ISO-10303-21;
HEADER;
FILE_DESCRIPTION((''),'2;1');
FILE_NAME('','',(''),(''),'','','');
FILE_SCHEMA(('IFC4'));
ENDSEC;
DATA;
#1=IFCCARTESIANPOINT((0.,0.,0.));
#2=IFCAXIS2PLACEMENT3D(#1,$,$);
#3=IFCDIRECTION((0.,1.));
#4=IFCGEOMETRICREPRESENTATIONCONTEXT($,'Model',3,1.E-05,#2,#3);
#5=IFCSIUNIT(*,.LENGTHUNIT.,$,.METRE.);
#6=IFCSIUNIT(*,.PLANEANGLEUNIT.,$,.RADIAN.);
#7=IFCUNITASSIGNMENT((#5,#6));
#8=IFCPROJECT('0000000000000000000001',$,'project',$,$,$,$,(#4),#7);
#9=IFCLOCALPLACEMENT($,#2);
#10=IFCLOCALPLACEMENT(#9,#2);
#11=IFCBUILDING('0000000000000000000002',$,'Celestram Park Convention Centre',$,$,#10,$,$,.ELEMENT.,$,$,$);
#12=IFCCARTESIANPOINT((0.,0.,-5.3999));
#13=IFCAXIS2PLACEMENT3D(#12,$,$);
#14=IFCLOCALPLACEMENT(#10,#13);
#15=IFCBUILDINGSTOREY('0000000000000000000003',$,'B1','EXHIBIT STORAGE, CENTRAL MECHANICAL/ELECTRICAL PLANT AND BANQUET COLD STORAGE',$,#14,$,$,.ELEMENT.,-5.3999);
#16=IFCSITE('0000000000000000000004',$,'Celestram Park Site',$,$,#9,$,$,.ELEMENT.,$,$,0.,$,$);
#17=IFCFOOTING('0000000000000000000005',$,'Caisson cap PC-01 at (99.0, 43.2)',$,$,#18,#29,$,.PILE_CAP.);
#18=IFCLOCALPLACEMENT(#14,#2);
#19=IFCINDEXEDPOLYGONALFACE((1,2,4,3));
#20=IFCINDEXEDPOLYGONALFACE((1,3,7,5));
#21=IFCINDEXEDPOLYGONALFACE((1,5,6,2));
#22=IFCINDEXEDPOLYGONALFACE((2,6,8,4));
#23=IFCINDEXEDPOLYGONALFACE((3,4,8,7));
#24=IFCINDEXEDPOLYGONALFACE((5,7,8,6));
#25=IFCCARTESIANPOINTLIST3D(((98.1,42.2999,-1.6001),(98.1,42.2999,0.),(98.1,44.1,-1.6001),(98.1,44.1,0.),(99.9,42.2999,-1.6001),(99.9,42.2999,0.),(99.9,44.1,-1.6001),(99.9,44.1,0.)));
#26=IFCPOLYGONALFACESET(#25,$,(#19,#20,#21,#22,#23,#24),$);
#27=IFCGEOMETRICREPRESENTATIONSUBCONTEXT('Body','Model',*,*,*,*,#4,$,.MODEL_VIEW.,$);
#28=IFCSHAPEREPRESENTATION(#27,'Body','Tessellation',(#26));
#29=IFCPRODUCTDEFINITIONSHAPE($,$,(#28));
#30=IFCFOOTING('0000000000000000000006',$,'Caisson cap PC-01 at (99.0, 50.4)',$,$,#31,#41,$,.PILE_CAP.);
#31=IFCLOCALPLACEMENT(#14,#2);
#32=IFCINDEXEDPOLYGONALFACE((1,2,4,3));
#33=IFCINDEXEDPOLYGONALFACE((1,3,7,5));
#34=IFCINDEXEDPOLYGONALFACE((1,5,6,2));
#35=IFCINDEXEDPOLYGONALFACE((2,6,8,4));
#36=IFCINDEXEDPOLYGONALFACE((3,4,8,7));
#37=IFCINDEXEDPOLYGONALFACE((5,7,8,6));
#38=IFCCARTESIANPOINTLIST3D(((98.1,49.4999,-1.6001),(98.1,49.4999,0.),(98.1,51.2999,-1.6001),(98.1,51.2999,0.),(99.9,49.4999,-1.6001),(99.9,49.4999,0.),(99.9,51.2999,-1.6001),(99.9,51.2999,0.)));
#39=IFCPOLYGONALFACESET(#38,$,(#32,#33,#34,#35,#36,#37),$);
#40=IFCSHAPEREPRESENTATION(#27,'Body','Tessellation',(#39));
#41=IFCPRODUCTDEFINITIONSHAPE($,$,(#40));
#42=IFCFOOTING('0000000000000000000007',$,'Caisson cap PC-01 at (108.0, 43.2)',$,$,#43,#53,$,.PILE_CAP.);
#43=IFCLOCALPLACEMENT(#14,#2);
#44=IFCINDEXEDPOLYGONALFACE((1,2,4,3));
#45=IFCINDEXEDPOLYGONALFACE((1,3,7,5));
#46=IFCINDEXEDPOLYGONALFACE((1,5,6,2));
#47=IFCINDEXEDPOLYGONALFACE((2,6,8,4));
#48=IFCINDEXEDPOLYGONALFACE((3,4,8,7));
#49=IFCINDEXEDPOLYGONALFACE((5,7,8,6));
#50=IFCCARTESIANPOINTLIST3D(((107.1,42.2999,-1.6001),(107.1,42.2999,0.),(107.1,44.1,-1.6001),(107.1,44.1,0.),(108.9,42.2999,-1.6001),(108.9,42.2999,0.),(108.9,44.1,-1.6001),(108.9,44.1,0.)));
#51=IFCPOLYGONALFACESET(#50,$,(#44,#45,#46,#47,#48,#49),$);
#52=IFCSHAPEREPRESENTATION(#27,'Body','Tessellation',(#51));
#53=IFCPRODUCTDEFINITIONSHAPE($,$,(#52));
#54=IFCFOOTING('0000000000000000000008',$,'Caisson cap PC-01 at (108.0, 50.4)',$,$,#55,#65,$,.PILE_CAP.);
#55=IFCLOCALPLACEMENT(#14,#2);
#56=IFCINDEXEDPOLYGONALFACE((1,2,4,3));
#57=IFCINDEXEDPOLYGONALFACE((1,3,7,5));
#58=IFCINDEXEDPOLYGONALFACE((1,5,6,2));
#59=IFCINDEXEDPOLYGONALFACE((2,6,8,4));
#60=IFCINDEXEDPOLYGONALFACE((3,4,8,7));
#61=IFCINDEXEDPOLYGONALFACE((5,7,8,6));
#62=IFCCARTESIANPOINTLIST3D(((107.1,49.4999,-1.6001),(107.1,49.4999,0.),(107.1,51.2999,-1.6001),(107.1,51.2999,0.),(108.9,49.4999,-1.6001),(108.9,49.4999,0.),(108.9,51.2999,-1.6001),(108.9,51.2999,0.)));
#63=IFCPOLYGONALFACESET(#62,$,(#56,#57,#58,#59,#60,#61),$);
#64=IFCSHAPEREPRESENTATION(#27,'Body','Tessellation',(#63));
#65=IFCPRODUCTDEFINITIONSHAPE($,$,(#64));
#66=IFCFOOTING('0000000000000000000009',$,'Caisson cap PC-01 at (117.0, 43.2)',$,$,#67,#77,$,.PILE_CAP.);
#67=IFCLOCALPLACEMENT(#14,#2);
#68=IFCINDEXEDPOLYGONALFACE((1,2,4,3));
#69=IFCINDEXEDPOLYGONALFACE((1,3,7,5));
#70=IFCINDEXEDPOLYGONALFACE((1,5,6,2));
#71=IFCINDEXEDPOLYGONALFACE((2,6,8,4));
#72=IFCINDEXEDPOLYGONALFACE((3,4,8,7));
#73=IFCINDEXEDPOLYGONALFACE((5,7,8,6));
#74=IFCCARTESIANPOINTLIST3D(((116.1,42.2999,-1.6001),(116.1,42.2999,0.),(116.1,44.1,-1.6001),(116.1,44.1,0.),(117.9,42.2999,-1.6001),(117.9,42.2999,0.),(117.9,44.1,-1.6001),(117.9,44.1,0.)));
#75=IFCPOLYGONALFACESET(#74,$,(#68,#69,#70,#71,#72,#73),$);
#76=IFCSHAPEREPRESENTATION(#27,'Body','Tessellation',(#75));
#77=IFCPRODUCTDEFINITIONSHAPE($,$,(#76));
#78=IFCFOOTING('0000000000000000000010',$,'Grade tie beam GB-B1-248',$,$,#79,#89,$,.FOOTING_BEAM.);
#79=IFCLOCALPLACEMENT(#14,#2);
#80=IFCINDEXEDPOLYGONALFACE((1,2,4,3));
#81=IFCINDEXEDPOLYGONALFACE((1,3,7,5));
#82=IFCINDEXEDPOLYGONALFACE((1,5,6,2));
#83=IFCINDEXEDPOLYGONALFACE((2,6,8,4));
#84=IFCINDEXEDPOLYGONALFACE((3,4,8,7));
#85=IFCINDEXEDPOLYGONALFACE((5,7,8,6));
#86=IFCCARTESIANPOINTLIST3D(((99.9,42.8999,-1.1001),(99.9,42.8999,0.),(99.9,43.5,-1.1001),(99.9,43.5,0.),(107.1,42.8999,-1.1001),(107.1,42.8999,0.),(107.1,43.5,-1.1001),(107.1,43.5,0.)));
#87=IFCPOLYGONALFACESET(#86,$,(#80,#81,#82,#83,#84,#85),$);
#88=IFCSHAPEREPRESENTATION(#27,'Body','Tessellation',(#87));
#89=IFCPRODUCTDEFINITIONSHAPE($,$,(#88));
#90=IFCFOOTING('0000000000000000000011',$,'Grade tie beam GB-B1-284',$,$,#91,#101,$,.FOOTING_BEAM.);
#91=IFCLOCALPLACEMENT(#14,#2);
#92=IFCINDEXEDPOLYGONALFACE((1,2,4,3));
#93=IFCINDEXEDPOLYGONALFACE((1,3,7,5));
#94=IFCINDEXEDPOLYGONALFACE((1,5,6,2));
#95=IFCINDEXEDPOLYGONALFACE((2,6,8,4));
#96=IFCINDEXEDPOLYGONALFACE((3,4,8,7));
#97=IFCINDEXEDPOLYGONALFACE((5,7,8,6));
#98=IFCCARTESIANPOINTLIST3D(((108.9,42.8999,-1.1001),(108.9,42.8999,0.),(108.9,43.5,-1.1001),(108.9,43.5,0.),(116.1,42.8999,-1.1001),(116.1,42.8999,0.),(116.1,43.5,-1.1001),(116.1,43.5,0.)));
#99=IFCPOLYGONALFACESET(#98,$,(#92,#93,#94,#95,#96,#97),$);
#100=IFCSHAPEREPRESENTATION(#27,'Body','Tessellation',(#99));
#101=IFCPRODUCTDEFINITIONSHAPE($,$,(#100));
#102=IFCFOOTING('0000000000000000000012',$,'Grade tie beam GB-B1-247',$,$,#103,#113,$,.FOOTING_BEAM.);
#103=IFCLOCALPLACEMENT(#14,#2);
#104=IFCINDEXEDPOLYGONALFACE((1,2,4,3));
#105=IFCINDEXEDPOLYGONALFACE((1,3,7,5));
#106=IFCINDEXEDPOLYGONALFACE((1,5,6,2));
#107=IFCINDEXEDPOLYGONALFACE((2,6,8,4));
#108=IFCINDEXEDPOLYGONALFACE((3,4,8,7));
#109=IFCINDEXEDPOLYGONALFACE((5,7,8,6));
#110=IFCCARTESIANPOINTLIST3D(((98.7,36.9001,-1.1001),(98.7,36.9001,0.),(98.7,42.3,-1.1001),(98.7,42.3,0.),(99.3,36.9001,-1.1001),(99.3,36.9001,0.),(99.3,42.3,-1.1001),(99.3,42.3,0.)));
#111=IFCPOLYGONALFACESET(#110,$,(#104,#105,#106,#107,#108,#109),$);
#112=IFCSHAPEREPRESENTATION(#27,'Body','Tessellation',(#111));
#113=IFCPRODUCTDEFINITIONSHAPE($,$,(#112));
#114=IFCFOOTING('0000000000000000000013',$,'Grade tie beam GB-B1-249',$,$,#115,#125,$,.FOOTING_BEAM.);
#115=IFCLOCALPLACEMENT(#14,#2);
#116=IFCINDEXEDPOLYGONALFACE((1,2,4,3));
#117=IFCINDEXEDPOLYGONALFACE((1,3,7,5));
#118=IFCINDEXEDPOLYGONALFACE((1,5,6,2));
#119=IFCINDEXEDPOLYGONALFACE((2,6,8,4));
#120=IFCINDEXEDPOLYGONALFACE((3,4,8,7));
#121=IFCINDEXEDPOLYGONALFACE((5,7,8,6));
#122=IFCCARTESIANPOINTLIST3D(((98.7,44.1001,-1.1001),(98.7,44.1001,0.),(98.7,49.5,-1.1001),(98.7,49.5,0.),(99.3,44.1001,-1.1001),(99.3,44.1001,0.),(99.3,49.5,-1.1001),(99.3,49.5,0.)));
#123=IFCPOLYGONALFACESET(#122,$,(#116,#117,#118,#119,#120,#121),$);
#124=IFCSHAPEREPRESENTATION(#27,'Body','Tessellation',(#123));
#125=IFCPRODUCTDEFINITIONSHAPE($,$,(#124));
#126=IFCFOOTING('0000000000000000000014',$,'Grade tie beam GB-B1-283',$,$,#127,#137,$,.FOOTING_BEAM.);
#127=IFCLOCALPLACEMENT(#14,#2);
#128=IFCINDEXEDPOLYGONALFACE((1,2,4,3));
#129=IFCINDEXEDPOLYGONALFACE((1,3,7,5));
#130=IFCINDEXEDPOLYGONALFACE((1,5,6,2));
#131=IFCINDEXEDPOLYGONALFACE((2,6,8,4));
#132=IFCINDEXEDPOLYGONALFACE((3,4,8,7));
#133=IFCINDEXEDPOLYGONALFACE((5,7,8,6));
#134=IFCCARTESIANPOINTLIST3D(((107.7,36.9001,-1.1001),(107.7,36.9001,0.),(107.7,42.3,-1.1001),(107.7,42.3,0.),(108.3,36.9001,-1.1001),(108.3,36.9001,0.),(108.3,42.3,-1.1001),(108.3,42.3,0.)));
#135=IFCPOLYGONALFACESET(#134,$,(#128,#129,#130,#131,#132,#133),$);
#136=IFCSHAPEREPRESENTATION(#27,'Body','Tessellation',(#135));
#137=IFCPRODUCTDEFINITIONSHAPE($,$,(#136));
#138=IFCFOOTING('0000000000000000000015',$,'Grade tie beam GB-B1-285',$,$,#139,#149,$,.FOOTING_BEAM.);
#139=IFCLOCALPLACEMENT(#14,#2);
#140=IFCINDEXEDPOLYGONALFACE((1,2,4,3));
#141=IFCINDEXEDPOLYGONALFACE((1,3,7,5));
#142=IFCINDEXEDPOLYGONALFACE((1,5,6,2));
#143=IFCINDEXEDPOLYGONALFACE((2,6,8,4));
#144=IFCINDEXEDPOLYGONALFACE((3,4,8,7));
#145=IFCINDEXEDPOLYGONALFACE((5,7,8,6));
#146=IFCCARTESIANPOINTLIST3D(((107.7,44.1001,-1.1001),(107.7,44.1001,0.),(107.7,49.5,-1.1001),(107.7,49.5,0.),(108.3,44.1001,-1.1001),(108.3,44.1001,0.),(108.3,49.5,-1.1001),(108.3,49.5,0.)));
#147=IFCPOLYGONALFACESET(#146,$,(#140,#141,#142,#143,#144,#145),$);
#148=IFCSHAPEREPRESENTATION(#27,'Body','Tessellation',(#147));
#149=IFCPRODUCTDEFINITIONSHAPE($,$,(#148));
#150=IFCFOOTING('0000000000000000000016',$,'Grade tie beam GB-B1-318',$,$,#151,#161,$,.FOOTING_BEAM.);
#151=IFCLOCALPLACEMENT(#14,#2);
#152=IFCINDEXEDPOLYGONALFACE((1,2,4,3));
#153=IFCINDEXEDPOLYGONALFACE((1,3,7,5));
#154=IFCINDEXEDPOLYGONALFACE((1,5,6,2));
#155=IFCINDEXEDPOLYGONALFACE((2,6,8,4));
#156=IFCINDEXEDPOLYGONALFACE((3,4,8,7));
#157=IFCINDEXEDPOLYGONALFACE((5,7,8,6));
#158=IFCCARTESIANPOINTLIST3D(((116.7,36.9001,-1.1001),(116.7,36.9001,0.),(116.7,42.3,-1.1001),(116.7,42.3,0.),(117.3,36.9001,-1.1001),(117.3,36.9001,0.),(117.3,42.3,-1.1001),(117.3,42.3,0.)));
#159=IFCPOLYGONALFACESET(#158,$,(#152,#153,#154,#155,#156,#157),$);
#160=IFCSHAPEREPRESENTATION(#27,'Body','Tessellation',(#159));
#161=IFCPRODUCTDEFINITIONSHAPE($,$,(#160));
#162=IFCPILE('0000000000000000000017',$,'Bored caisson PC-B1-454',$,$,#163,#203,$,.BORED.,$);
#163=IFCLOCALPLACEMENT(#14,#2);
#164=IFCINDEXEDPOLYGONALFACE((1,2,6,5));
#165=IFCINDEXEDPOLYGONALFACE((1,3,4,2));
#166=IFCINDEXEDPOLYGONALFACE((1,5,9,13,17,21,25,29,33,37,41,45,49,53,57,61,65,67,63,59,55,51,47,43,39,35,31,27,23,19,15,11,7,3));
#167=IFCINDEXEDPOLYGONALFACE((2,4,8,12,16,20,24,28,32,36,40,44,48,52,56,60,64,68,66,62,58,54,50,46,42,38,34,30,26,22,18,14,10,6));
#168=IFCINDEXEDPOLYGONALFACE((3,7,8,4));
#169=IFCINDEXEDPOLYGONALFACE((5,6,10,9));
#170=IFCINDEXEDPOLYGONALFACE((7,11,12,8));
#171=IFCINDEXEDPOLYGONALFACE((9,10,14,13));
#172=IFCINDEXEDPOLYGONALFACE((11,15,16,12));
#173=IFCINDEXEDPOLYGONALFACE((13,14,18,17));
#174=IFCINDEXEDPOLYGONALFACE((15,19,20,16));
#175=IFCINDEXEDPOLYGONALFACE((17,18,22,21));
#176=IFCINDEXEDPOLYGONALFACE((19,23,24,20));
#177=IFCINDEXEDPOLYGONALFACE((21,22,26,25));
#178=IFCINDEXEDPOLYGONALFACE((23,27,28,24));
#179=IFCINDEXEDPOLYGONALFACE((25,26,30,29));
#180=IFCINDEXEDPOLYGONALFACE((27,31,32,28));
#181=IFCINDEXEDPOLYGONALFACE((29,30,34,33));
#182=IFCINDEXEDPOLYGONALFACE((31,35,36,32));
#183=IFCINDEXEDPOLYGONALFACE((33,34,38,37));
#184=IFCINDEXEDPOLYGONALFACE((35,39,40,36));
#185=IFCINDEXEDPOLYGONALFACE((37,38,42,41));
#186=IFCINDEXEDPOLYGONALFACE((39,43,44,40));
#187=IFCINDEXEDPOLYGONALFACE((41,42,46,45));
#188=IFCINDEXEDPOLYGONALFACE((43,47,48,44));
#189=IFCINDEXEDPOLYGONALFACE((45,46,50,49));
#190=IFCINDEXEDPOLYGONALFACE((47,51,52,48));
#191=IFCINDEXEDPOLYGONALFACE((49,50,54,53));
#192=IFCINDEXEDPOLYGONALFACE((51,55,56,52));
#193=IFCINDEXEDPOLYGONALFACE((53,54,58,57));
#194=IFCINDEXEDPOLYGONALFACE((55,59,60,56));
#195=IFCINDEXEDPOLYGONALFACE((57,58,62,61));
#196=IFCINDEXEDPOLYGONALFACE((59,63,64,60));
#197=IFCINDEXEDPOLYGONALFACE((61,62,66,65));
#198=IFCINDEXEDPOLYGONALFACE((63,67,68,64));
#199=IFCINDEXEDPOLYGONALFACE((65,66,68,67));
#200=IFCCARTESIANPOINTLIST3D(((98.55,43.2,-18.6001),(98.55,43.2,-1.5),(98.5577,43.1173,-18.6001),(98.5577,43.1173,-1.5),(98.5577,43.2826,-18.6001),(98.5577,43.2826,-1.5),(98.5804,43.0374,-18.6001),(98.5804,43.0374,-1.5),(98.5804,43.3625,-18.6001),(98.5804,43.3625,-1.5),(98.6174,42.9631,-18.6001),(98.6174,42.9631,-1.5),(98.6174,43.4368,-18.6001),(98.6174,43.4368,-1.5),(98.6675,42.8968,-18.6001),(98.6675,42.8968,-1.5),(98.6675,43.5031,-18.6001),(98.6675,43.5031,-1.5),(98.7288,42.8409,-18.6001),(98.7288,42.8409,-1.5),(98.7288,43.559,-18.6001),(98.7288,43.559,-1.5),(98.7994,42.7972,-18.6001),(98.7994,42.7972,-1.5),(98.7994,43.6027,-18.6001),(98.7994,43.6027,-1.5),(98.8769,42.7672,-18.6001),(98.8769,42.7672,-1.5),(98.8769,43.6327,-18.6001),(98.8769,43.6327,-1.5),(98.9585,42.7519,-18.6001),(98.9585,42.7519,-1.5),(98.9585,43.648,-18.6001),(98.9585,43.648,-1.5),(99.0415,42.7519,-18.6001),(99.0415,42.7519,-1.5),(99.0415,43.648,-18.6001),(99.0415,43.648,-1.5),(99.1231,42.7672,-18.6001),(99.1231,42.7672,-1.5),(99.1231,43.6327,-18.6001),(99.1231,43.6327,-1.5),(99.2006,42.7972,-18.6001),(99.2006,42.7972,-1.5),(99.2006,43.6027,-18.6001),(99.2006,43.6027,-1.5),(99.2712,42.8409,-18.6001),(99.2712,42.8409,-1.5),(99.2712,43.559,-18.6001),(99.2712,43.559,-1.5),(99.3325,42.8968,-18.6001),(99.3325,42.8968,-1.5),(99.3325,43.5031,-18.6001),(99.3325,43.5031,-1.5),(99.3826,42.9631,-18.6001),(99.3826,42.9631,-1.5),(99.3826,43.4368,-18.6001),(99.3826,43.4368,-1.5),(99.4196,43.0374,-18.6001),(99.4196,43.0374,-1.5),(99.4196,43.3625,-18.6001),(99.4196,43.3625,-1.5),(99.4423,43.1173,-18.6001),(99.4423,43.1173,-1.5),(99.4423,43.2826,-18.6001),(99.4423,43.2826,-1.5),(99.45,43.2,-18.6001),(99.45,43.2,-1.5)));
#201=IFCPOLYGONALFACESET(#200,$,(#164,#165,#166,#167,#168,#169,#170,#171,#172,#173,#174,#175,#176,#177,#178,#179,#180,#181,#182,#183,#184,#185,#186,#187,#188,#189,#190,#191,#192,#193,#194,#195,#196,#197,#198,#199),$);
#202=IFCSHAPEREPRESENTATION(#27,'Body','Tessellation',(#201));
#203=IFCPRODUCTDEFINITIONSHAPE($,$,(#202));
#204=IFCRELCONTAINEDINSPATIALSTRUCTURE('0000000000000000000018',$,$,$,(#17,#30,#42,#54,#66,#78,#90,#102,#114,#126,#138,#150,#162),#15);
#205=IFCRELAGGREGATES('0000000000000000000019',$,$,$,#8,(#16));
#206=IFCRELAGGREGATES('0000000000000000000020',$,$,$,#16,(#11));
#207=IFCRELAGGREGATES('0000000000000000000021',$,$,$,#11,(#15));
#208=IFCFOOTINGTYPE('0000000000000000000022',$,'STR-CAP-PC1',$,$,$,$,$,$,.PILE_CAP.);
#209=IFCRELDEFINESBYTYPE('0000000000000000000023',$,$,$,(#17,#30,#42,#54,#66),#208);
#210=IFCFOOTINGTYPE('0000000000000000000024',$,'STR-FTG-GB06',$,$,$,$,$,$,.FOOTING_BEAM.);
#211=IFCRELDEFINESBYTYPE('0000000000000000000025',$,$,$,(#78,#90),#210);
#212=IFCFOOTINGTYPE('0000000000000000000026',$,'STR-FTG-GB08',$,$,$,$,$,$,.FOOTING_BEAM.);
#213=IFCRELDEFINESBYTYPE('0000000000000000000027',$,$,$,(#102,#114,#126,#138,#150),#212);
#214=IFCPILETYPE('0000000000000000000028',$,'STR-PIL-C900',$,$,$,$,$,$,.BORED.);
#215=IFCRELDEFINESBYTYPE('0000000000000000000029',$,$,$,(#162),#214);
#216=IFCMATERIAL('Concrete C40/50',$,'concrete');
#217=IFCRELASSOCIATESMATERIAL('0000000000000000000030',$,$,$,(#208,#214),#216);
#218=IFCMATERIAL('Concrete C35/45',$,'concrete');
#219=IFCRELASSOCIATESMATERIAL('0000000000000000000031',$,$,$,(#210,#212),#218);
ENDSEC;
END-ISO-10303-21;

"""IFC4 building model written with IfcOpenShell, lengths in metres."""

from ifc_helpers import new_model, si_unit, direction, frame, origin, origin_2d, place, context, subcontext, project, spatial, rectangle, circle, extrude, material, material_profile, profile_set, type_object, element, save


model = new_model("IFC4")

# Units and contexts
model_context = context("Model", 3, precision=1e-05, world=origin(), true_north=direction((0.0, 1.0)))
body_context = subcontext(model_context, "Body", "Model", "MODEL_VIEW")
ifc_project = project(units=[si_unit("LENGTHUNIT", "METRE"), si_unit("PLANEANGLEUNIT", "RADIAN")], contexts=[model_context])

# Site, building, storey
site_placement = place(None, origin())
site = spatial("IfcSite", under=ifc_project, at=site_placement, Name="Celestram Park Site", CompositionType="ELEMENT", RefElevation=0.0)
building_placement = place(site_placement, origin())
building = spatial("IfcBuilding", under=site, at=building_placement, Name="Celestram Park Convention Centre", CompositionType="ELEMENT")
storey_placement = place(building_placement, frame((0.0, 0.0, -5.3999)))
storey = spatial("IfcBuildingStorey", under=building, at=storey_placement, Name="B1", Description="EXHIBIT STORAGE, CENTRAL MECHANICAL/ELECTRICAL PLANT AND BANQUET COLD STORAGE", CompositionType="ELEMENT", Elevation=-5.3999)

# Footings
ifc_material_1 = material(Name="Concrete C40/50", Category="concrete")
footing_type_1 = type_object("IfcFootingType", Name="STR-CAP-PC1", PredefinedType="PILE_CAP", material=ifc_material_1)
for number, where, z_axis, x_axis, name in (
    (1, (99.0, 43.2, -1.6001), (0.0, 0.0, 1.0), (1.0, 0.0, 0.0), "Caisson cap PC-01 at (99.0, 43.2)"),
    (2, (99.0, 50.3999, -1.6001), (0.0, 0.0, 1.0), (1.0, 0.0, 0.0), "Caisson cap PC-01 at (99.0, 50.4)"),
    (3, (108.0, 43.2, -1.6001), (0.0, 0.0, 1.0), (1.0, 0.0, 0.0), "Caisson cap PC-01 at (108.0, 43.2)"),
    (4, (108.0, 50.3999, -1.6001), (0.0, 0.0, 1.0), (1.0, 0.0, 0.0), "Caisson cap PC-01 at (108.0, 50.4)"),
    (5, (117.0, 43.2, -1.6001), (0.0, 0.0, 1.0), (1.0, 0.0, 0.0), "Caisson cap PC-01 at (117.0, 43.2)"),
):
    element("IfcFooting", number, at=place(storey_placement, frame(where, z_axis=z_axis, x_axis=x_axis)), inside=storey, type_object=footing_type_1, Name=name, PredefinedType="PILE_CAP", context=body_context, shape_type="SweptSolid", body=[
        extrude(rectangle(XDim=1.8, YDim=1.8, at=origin_2d()), origin(), (0.0, 0.0, 1.0), 1.6001),
    ])
ifc_material_2 = material(Name="Concrete C35/45", Category="concrete")
footing_type_2 = type_object("IfcFootingType", Name="STR-FTG-GB06", PredefinedType="FOOTING_BEAM", material=ifc_material_2)
for number, where, z_axis, x_axis, name in (
    (6, (103.5, 43.2, -1.1001), (0.0, 0.0, 1.0), (1.0, 0.0, 0.0), "Grade tie beam GB-B1-248"),
    (7, (112.5, 43.2, -1.1001), (0.0, 0.0, 1.0), (1.0, 0.0, 0.0), "Grade tie beam GB-B1-284"),
):
    element("IfcFooting", number, at=place(storey_placement, frame(where, z_axis=z_axis, x_axis=x_axis)), inside=storey, type_object=footing_type_2, Name=name, PredefinedType="FOOTING_BEAM", context=body_context, shape_type="SweptSolid", body=[
        extrude(rectangle(XDim=7.2, YDim=0.6001, at=origin_2d()), origin(), (0.0, 0.0, 1.0), 1.1001),
    ])
footing_type_3 = type_object("IfcFootingType", Name="STR-FTG-GB08", PredefinedType="FOOTING_BEAM", material=ifc_material_2)
for number, where, z_axis, x_axis, name in (
    (8, (99.0, 39.6001, -1.1001), (0.0, 0.0, 1.0), (0.0, 1.0, 0.0), "Grade tie beam GB-B1-247"),
    (9, (99.0, 46.8, -1.1001), (0.0, 0.0, 1.0), (0.0, 1.0, 0.0), "Grade tie beam GB-B1-249"),
    (10, (108.0, 39.6001, -1.1001), (0.0, 0.0, 1.0), (0.0, 1.0, 0.0), "Grade tie beam GB-B1-283"),
    (11, (108.0, 46.8, -1.1001), (0.0, 0.0, 1.0), (0.0, 1.0, 0.0), "Grade tie beam GB-B1-285"),
    (12, (117.0, 39.6001, -1.1001), (0.0, 0.0, 1.0), (0.0, 1.0, 0.0), "Grade tie beam GB-B1-318"),
):
    element("IfcFooting", number, at=place(storey_placement, frame(where, z_axis=z_axis, x_axis=x_axis)), inside=storey, type_object=footing_type_3, Name=name, PredefinedType="FOOTING_BEAM", context=body_context, shape_type="SweptSolid", body=[
        extrude(rectangle(XDim=5.3999, YDim=0.6001, at=origin_2d()), origin(), (0.0, 0.0, 1.0), 1.1001),
    ])

# Pile
ifc_material_profile_1 = material_profile(ifc_material_1, circle(Radius=0.45, at=origin_2d()), Name="CAISSON900")
ifc_profile_set_1 = profile_set([ifc_material_profile_1], Name="Concrete C40/50")
pile_type = type_object("IfcPileType", Name="STR-PIL-C900", PredefinedType="BORED", material=ifc_profile_set_1)
for number, where, z_axis, x_axis, name in (
    (13, (99.0, 43.2, -1.5), (0.0, 0.0, -1.0), (1.0, 0.0, 0.0), "Bored caisson PC-B1-454"),
):
    element("IfcPile", number, at=place(storey_placement, frame(where, z_axis=z_axis, x_axis=x_axis)), inside=storey, type_object=pile_type, Name=name, PredefinedType="BORED", context=body_context, shape_type="SweptSolid", body=[
        extrude(circle(Radius=0.45, at=origin_2d()), origin(), (0.0, 0.0, 1.0), 17.1001),
    ])

save(model, "model.ifc")
